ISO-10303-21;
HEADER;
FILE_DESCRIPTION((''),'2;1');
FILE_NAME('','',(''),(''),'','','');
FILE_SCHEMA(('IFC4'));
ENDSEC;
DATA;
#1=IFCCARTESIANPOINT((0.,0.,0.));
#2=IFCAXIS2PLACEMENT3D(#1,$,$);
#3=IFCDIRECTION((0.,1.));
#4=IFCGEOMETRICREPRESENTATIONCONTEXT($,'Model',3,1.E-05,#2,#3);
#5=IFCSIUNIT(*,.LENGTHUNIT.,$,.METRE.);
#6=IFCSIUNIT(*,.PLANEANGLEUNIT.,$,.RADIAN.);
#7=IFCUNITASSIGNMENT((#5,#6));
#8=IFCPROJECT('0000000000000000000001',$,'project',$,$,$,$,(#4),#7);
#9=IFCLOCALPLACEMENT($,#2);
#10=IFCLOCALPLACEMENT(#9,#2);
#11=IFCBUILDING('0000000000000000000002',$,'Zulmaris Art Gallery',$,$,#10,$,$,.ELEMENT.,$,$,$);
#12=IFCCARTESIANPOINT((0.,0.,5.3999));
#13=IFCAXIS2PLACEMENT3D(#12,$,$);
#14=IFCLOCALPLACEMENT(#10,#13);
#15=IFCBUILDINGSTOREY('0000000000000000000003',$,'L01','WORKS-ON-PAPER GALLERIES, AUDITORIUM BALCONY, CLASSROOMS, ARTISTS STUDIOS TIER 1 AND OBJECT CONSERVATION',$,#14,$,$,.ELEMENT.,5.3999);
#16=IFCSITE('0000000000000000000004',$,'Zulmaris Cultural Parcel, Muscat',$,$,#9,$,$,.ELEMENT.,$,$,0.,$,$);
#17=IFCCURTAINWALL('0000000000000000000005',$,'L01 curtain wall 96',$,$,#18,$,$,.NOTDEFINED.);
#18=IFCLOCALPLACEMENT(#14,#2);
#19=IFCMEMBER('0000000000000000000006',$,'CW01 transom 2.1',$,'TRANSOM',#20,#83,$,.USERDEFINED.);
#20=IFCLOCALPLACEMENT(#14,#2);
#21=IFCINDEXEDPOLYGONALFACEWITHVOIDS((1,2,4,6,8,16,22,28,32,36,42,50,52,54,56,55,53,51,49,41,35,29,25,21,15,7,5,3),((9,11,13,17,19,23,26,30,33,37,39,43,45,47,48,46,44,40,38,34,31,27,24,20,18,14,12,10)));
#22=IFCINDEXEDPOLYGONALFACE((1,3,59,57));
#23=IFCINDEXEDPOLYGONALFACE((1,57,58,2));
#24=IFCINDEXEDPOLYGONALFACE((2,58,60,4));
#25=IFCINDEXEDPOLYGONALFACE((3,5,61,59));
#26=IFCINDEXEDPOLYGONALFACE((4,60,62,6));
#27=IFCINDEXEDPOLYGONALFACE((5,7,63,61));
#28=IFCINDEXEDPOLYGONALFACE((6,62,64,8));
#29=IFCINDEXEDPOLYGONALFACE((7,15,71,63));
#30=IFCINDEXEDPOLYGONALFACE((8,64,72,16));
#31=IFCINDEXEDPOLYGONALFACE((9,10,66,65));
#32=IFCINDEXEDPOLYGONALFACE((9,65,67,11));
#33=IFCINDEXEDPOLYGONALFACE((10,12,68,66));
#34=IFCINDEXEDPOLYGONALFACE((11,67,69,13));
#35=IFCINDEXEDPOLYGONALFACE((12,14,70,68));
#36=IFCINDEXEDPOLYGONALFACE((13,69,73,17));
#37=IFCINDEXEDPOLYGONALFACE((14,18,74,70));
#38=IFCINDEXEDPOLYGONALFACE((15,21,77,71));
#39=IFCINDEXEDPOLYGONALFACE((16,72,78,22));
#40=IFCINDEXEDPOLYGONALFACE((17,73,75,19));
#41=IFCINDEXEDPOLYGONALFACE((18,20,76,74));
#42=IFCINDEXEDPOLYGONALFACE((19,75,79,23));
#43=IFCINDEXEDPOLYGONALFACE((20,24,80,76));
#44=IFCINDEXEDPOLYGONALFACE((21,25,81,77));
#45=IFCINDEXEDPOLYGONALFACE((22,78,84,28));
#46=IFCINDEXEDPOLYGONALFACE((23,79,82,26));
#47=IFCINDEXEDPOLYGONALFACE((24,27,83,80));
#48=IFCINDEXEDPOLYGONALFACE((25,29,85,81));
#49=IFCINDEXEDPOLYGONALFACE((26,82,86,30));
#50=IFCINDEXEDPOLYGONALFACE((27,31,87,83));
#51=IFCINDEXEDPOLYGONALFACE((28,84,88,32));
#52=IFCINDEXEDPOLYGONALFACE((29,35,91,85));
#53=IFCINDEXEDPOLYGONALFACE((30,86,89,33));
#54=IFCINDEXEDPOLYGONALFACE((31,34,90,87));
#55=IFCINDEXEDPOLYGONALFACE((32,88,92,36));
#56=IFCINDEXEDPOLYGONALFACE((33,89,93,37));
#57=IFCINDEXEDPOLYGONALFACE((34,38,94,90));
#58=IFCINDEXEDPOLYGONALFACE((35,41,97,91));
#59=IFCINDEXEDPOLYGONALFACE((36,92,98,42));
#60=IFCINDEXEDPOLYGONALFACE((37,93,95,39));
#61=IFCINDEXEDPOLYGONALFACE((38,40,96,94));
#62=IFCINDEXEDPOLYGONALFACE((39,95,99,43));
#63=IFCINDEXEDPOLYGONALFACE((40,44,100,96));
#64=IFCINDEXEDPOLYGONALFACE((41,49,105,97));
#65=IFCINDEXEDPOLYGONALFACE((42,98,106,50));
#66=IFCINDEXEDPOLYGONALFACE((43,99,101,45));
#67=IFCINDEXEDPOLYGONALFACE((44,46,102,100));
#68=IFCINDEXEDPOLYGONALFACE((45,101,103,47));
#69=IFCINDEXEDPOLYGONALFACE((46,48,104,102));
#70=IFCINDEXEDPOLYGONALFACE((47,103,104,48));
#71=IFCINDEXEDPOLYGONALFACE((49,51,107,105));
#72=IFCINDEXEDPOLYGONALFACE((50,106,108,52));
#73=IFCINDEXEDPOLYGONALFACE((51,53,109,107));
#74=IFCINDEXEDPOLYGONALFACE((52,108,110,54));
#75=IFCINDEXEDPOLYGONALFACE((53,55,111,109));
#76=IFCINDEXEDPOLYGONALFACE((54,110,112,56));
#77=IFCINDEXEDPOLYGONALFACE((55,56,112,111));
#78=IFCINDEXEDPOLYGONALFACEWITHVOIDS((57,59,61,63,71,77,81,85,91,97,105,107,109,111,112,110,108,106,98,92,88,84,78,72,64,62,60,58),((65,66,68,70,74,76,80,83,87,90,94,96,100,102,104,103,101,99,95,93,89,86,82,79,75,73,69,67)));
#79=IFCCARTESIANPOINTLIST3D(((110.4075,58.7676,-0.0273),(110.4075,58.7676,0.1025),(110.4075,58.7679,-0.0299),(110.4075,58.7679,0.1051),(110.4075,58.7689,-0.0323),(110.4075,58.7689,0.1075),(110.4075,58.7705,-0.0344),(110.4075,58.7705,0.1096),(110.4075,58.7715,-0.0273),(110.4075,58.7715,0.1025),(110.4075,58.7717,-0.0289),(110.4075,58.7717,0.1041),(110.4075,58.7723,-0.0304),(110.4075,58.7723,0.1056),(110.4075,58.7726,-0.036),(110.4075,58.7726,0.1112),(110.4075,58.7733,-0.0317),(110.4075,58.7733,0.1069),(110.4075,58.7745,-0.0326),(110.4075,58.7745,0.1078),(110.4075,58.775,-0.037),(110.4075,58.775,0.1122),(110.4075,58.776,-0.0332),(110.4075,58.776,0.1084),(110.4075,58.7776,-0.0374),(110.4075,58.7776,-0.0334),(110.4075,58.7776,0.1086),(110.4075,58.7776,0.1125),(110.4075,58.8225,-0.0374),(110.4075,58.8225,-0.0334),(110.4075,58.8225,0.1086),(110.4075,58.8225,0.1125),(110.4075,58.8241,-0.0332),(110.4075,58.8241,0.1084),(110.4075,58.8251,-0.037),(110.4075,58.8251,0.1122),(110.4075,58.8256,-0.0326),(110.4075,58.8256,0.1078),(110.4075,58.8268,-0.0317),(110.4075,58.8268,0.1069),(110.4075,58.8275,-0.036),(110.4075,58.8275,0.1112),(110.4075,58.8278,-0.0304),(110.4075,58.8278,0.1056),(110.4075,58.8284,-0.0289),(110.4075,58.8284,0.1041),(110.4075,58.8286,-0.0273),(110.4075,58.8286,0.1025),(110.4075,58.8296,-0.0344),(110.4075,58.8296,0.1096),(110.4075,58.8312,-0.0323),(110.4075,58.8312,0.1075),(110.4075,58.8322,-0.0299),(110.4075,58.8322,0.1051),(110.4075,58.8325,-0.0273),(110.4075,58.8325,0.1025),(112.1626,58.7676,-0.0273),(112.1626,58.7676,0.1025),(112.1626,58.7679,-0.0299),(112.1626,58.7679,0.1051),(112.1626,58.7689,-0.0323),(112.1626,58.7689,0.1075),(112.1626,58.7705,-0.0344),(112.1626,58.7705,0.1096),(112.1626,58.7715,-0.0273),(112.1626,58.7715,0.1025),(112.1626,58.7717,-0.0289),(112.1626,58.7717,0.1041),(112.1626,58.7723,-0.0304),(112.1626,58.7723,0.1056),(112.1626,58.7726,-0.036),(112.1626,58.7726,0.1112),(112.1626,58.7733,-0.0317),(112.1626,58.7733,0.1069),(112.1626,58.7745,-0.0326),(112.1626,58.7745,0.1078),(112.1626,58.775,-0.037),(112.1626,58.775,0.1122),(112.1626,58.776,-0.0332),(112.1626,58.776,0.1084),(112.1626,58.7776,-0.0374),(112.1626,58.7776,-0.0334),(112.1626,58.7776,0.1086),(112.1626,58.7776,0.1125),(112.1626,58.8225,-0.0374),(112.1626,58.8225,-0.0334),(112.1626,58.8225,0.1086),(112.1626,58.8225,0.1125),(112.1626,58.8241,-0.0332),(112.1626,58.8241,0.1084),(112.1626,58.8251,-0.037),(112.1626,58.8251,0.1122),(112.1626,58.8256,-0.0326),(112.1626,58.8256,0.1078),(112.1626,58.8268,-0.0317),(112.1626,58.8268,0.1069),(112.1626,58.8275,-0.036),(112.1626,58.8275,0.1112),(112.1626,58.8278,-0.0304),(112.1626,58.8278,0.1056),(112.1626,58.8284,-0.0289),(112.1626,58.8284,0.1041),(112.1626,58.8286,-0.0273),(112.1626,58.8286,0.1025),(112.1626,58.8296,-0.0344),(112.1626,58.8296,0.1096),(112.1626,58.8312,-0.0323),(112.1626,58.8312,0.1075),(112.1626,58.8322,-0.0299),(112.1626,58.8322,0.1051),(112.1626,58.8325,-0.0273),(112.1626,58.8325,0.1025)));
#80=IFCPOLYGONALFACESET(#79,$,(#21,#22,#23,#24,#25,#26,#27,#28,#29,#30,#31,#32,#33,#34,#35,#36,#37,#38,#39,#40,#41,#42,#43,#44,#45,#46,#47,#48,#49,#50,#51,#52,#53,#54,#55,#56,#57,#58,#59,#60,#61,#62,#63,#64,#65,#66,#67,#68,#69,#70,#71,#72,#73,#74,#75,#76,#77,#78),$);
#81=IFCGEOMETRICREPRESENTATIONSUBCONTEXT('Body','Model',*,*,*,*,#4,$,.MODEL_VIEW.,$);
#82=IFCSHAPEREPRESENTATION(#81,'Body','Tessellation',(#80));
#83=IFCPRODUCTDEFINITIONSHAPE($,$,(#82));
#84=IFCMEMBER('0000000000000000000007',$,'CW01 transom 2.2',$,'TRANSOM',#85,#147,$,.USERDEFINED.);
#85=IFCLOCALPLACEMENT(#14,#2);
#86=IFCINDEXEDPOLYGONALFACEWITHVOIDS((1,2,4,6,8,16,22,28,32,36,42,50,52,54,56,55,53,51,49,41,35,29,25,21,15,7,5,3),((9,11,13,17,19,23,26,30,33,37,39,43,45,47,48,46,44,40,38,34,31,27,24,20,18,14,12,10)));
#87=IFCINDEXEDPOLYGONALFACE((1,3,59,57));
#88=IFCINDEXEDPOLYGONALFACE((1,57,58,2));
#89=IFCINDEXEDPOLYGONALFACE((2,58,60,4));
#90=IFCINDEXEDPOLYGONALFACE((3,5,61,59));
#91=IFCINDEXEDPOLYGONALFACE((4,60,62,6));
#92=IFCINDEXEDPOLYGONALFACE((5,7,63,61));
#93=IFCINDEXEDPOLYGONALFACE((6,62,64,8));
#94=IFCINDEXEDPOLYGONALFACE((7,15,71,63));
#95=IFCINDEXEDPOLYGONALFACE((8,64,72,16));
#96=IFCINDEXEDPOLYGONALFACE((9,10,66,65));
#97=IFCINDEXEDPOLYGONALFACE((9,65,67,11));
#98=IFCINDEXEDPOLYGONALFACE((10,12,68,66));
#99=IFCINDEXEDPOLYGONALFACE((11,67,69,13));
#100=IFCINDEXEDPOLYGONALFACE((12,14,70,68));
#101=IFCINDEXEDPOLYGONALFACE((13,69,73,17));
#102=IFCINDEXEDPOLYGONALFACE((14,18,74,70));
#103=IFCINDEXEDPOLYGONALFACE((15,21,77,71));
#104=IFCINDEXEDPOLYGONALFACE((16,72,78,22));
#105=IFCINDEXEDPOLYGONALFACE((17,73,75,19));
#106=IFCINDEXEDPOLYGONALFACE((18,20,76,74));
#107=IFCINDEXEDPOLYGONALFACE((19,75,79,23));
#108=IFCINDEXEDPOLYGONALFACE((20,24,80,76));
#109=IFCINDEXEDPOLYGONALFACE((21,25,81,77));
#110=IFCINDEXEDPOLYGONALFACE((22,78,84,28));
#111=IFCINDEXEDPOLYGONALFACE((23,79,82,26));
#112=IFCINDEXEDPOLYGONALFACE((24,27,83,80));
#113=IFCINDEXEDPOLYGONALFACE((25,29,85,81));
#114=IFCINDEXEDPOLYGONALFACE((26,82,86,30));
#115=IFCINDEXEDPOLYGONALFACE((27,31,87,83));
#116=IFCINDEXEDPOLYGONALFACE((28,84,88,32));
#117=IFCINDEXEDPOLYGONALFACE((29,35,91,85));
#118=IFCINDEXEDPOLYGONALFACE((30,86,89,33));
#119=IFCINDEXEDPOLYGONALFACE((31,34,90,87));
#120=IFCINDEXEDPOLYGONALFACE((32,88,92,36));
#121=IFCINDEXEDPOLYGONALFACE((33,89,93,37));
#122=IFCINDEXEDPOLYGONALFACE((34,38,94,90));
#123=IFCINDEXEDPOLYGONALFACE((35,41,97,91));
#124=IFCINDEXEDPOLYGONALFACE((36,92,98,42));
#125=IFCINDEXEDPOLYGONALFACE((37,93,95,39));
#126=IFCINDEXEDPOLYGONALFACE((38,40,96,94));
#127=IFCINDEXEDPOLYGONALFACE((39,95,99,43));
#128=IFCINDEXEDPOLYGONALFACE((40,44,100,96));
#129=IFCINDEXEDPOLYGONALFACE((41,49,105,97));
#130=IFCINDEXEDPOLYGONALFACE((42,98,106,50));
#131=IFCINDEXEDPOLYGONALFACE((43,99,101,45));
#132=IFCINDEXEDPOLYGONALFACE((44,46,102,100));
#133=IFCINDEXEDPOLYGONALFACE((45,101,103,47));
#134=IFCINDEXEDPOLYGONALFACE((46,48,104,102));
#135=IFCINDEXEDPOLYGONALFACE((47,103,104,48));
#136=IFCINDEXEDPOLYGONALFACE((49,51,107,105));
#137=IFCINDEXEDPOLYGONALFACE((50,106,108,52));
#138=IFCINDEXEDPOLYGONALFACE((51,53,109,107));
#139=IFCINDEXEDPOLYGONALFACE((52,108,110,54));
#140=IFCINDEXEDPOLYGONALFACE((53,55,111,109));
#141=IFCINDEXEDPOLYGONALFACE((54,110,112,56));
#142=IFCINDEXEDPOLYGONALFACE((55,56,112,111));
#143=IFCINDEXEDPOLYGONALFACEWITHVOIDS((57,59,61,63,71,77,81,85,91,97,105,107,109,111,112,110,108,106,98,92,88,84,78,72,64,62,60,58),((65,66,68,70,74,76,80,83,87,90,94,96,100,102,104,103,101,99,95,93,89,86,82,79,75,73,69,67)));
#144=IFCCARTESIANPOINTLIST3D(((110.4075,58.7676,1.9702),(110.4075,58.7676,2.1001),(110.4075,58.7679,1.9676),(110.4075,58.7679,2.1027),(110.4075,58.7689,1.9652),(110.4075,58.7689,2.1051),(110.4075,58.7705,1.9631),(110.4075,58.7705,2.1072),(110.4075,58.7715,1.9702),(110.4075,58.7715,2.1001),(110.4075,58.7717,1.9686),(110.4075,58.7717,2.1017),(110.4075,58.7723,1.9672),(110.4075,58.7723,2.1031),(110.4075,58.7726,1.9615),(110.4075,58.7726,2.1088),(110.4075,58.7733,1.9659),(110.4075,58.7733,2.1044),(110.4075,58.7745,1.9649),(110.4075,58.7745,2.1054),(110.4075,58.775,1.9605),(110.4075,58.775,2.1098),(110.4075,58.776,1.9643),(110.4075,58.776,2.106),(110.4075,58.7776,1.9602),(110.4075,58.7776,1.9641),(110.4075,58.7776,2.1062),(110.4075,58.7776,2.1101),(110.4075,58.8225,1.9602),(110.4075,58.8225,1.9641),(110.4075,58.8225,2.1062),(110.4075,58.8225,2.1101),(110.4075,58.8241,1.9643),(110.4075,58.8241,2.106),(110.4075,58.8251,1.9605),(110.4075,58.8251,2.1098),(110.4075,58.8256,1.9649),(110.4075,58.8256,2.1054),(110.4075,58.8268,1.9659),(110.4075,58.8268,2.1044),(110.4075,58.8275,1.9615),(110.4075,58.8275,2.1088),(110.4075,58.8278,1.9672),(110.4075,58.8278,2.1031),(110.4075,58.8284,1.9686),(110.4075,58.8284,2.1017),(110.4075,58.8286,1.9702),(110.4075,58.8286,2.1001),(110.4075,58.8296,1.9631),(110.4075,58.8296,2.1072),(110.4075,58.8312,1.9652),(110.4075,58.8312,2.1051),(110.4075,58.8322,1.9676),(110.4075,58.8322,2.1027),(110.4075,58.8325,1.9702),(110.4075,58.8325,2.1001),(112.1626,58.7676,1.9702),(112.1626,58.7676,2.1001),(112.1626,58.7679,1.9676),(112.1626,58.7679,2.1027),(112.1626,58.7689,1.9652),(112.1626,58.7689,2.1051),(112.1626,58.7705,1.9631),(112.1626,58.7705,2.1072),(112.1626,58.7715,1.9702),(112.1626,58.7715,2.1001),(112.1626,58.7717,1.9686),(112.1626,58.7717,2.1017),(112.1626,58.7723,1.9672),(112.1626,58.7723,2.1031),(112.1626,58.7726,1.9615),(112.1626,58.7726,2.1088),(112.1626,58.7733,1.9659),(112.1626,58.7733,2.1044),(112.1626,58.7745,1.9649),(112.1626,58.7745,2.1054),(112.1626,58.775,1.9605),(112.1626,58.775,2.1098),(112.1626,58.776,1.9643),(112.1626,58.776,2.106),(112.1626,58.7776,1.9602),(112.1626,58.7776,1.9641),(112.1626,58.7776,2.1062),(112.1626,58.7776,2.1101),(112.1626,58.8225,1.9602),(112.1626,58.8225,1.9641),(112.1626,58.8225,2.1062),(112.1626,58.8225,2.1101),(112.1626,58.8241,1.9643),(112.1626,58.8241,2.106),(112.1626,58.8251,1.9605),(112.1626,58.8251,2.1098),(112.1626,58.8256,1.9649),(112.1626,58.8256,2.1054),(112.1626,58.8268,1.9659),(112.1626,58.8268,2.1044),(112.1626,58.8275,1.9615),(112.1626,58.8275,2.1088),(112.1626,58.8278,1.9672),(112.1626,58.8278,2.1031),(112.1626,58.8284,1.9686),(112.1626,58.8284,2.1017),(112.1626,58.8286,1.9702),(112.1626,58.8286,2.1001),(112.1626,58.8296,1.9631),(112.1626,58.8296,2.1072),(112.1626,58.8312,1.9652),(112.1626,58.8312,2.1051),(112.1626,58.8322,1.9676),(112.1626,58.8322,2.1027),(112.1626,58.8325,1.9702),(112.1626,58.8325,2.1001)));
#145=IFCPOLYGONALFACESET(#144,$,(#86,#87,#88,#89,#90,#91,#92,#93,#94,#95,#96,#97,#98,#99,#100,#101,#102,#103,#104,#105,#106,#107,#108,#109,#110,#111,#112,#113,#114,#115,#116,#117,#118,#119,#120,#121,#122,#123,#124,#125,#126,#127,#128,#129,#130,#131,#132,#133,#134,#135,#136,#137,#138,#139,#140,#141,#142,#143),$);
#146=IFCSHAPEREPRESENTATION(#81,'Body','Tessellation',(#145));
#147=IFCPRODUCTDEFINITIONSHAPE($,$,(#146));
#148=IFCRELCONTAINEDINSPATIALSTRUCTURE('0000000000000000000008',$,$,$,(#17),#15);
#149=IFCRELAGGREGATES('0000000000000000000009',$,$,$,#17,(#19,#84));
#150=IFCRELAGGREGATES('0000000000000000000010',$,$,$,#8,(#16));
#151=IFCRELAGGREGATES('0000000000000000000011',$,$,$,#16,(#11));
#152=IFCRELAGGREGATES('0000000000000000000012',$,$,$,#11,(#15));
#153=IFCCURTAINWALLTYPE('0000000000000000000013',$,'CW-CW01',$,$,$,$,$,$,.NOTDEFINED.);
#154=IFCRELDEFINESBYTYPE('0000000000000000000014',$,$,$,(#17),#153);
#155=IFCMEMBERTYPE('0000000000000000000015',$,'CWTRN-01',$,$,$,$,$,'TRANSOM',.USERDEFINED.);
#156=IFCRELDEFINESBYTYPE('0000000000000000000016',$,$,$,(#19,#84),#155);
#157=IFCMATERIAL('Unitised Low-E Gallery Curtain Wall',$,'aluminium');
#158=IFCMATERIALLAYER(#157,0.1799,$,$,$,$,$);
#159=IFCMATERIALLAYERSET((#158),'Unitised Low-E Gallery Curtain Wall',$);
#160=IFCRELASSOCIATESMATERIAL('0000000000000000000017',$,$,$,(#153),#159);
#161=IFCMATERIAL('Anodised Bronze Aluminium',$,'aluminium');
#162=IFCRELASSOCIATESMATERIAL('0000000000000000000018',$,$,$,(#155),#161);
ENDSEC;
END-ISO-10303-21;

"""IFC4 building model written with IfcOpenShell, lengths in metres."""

from ifc_helpers import new_model, si_unit, direction, frame, origin, origin_2d, place, context, subcontext, project, spatial, hollow_rectangle, extrude, material, layer, layer_set, material_profile, profile_set, type_object, element, aggregate, save


model = new_model("IFC4")

# Units and contexts
model_context = context("Model", 3, precision=1e-05, world=origin(), true_north=direction((0.0, 1.0)))
body_context = subcontext(model_context, "Body", "Model", "MODEL_VIEW")
ifc_project = project(units=[si_unit("LENGTHUNIT", "METRE"), si_unit("PLANEANGLEUNIT", "RADIAN")], contexts=[model_context])

# Site, building, storey
site_placement = place(None, origin())
site = spatial("IfcSite", under=ifc_project, at=site_placement, Name="Zulmaris Cultural Parcel, Muscat", CompositionType="ELEMENT", RefElevation=0.0)
building_placement = place(site_placement, origin())
building = spatial("IfcBuilding", under=site, at=building_placement, Name="Zulmaris Art Gallery", CompositionType="ELEMENT")
storey_placement = place(building_placement, frame((0.0, 0.0, 5.3999)))
storey = spatial("IfcBuildingStorey", under=building, at=storey_placement, Name="L01", Description="WORKS-ON-PAPER GALLERIES, AUDITORIUM BALCONY, CLASSROOMS, ARTISTS STUDIOS TIER 1 AND OBJECT CONSERVATION", CompositionType="ELEMENT", Elevation=5.3999)

# Curtain wall, members
ifc_material_1 = material(Name="Unitised Low-E Gallery Curtain Wall", Category="aluminium")
ifc_layer_1 = layer(ifc_material_1, 0.1799)
ifc_layer_set_1 = layer_set([ifc_layer_1], Name="Unitised Low-E Gallery Curtain Wall")
curtain_wall_type = type_object("IfcCurtainWallType", Name="CW-CW01", PredefinedType="NOTDEFINED", material=ifc_layer_set_1)
curtain_wall_placement = place(storey_placement, origin())
curtain_wall = element("IfcCurtainWall", 1, at=curtain_wall_placement, inside=storey, type_object=curtain_wall_type, Name="L01 curtain wall 96", PredefinedType="NOTDEFINED")
ifc_material_2 = material(Name="Anodised Bronze Aluminium", Category="aluminium")
ifc_material_profile_1 = material_profile(ifc_material_2, hollow_rectangle(XDim=0.0649, YDim=0.1499, WallThickness=0.0039, InnerFilletRadius=0.0061, OuterFilletRadius=0.01, at=origin_2d()), Name="ALU 65x150x4")
ifc_profile_set_1 = profile_set([ifc_material_profile_1], Name="Anodised Bronze Aluminium")
member_type_1 = type_object("IfcMemberType", Name="CWTRN-01", ElementType="TRANSOM", PredefinedType="USERDEFINED", material=ifc_profile_set_1)
member_1_placement = place(storey_placement, frame((110.4075, 58.8, 0.0376), z_axis=(1.0, 0.0, 0.0), x_axis=(0.0, 1.0, 0.0)))
member_1 = element("IfcMember", 2, at=member_1_placement, type_object=member_type_1, Name="CW01 transom 2.1", ObjectType="TRANSOM", PredefinedType="USERDEFINED", context=body_context, shape_type="SweptSolid", body=[
    extrude(hollow_rectangle(XDim=0.0649, YDim=0.1499, WallThickness=0.0039, InnerFilletRadius=0.0061, OuterFilletRadius=0.01, at=origin_2d()), origin(), (0.0, 0.0, 1.0), 1.7551),
])
member_2_placement = place(storey_placement, frame((110.4075, 58.8, 2.0352), z_axis=(1.0, 0.0, 0.0), x_axis=(0.0, 1.0, 0.0)))
member_2 = element("IfcMember", 3, at=member_2_placement, type_object=member_type_1, Name="CW01 transom 2.2", ObjectType="TRANSOM", PredefinedType="USERDEFINED", context=body_context, shape_type="SweptSolid", body=[
    extrude(hollow_rectangle(XDim=0.0649, YDim=0.1499, WallThickness=0.0039, InnerFilletRadius=0.0061, OuterFilletRadius=0.01, at=origin_2d()), origin(), (0.0, 0.0, 1.0), 1.7551),
])
aggregate(curtain_wall, [member_1, member_2])

save(model, "model.ifc")
